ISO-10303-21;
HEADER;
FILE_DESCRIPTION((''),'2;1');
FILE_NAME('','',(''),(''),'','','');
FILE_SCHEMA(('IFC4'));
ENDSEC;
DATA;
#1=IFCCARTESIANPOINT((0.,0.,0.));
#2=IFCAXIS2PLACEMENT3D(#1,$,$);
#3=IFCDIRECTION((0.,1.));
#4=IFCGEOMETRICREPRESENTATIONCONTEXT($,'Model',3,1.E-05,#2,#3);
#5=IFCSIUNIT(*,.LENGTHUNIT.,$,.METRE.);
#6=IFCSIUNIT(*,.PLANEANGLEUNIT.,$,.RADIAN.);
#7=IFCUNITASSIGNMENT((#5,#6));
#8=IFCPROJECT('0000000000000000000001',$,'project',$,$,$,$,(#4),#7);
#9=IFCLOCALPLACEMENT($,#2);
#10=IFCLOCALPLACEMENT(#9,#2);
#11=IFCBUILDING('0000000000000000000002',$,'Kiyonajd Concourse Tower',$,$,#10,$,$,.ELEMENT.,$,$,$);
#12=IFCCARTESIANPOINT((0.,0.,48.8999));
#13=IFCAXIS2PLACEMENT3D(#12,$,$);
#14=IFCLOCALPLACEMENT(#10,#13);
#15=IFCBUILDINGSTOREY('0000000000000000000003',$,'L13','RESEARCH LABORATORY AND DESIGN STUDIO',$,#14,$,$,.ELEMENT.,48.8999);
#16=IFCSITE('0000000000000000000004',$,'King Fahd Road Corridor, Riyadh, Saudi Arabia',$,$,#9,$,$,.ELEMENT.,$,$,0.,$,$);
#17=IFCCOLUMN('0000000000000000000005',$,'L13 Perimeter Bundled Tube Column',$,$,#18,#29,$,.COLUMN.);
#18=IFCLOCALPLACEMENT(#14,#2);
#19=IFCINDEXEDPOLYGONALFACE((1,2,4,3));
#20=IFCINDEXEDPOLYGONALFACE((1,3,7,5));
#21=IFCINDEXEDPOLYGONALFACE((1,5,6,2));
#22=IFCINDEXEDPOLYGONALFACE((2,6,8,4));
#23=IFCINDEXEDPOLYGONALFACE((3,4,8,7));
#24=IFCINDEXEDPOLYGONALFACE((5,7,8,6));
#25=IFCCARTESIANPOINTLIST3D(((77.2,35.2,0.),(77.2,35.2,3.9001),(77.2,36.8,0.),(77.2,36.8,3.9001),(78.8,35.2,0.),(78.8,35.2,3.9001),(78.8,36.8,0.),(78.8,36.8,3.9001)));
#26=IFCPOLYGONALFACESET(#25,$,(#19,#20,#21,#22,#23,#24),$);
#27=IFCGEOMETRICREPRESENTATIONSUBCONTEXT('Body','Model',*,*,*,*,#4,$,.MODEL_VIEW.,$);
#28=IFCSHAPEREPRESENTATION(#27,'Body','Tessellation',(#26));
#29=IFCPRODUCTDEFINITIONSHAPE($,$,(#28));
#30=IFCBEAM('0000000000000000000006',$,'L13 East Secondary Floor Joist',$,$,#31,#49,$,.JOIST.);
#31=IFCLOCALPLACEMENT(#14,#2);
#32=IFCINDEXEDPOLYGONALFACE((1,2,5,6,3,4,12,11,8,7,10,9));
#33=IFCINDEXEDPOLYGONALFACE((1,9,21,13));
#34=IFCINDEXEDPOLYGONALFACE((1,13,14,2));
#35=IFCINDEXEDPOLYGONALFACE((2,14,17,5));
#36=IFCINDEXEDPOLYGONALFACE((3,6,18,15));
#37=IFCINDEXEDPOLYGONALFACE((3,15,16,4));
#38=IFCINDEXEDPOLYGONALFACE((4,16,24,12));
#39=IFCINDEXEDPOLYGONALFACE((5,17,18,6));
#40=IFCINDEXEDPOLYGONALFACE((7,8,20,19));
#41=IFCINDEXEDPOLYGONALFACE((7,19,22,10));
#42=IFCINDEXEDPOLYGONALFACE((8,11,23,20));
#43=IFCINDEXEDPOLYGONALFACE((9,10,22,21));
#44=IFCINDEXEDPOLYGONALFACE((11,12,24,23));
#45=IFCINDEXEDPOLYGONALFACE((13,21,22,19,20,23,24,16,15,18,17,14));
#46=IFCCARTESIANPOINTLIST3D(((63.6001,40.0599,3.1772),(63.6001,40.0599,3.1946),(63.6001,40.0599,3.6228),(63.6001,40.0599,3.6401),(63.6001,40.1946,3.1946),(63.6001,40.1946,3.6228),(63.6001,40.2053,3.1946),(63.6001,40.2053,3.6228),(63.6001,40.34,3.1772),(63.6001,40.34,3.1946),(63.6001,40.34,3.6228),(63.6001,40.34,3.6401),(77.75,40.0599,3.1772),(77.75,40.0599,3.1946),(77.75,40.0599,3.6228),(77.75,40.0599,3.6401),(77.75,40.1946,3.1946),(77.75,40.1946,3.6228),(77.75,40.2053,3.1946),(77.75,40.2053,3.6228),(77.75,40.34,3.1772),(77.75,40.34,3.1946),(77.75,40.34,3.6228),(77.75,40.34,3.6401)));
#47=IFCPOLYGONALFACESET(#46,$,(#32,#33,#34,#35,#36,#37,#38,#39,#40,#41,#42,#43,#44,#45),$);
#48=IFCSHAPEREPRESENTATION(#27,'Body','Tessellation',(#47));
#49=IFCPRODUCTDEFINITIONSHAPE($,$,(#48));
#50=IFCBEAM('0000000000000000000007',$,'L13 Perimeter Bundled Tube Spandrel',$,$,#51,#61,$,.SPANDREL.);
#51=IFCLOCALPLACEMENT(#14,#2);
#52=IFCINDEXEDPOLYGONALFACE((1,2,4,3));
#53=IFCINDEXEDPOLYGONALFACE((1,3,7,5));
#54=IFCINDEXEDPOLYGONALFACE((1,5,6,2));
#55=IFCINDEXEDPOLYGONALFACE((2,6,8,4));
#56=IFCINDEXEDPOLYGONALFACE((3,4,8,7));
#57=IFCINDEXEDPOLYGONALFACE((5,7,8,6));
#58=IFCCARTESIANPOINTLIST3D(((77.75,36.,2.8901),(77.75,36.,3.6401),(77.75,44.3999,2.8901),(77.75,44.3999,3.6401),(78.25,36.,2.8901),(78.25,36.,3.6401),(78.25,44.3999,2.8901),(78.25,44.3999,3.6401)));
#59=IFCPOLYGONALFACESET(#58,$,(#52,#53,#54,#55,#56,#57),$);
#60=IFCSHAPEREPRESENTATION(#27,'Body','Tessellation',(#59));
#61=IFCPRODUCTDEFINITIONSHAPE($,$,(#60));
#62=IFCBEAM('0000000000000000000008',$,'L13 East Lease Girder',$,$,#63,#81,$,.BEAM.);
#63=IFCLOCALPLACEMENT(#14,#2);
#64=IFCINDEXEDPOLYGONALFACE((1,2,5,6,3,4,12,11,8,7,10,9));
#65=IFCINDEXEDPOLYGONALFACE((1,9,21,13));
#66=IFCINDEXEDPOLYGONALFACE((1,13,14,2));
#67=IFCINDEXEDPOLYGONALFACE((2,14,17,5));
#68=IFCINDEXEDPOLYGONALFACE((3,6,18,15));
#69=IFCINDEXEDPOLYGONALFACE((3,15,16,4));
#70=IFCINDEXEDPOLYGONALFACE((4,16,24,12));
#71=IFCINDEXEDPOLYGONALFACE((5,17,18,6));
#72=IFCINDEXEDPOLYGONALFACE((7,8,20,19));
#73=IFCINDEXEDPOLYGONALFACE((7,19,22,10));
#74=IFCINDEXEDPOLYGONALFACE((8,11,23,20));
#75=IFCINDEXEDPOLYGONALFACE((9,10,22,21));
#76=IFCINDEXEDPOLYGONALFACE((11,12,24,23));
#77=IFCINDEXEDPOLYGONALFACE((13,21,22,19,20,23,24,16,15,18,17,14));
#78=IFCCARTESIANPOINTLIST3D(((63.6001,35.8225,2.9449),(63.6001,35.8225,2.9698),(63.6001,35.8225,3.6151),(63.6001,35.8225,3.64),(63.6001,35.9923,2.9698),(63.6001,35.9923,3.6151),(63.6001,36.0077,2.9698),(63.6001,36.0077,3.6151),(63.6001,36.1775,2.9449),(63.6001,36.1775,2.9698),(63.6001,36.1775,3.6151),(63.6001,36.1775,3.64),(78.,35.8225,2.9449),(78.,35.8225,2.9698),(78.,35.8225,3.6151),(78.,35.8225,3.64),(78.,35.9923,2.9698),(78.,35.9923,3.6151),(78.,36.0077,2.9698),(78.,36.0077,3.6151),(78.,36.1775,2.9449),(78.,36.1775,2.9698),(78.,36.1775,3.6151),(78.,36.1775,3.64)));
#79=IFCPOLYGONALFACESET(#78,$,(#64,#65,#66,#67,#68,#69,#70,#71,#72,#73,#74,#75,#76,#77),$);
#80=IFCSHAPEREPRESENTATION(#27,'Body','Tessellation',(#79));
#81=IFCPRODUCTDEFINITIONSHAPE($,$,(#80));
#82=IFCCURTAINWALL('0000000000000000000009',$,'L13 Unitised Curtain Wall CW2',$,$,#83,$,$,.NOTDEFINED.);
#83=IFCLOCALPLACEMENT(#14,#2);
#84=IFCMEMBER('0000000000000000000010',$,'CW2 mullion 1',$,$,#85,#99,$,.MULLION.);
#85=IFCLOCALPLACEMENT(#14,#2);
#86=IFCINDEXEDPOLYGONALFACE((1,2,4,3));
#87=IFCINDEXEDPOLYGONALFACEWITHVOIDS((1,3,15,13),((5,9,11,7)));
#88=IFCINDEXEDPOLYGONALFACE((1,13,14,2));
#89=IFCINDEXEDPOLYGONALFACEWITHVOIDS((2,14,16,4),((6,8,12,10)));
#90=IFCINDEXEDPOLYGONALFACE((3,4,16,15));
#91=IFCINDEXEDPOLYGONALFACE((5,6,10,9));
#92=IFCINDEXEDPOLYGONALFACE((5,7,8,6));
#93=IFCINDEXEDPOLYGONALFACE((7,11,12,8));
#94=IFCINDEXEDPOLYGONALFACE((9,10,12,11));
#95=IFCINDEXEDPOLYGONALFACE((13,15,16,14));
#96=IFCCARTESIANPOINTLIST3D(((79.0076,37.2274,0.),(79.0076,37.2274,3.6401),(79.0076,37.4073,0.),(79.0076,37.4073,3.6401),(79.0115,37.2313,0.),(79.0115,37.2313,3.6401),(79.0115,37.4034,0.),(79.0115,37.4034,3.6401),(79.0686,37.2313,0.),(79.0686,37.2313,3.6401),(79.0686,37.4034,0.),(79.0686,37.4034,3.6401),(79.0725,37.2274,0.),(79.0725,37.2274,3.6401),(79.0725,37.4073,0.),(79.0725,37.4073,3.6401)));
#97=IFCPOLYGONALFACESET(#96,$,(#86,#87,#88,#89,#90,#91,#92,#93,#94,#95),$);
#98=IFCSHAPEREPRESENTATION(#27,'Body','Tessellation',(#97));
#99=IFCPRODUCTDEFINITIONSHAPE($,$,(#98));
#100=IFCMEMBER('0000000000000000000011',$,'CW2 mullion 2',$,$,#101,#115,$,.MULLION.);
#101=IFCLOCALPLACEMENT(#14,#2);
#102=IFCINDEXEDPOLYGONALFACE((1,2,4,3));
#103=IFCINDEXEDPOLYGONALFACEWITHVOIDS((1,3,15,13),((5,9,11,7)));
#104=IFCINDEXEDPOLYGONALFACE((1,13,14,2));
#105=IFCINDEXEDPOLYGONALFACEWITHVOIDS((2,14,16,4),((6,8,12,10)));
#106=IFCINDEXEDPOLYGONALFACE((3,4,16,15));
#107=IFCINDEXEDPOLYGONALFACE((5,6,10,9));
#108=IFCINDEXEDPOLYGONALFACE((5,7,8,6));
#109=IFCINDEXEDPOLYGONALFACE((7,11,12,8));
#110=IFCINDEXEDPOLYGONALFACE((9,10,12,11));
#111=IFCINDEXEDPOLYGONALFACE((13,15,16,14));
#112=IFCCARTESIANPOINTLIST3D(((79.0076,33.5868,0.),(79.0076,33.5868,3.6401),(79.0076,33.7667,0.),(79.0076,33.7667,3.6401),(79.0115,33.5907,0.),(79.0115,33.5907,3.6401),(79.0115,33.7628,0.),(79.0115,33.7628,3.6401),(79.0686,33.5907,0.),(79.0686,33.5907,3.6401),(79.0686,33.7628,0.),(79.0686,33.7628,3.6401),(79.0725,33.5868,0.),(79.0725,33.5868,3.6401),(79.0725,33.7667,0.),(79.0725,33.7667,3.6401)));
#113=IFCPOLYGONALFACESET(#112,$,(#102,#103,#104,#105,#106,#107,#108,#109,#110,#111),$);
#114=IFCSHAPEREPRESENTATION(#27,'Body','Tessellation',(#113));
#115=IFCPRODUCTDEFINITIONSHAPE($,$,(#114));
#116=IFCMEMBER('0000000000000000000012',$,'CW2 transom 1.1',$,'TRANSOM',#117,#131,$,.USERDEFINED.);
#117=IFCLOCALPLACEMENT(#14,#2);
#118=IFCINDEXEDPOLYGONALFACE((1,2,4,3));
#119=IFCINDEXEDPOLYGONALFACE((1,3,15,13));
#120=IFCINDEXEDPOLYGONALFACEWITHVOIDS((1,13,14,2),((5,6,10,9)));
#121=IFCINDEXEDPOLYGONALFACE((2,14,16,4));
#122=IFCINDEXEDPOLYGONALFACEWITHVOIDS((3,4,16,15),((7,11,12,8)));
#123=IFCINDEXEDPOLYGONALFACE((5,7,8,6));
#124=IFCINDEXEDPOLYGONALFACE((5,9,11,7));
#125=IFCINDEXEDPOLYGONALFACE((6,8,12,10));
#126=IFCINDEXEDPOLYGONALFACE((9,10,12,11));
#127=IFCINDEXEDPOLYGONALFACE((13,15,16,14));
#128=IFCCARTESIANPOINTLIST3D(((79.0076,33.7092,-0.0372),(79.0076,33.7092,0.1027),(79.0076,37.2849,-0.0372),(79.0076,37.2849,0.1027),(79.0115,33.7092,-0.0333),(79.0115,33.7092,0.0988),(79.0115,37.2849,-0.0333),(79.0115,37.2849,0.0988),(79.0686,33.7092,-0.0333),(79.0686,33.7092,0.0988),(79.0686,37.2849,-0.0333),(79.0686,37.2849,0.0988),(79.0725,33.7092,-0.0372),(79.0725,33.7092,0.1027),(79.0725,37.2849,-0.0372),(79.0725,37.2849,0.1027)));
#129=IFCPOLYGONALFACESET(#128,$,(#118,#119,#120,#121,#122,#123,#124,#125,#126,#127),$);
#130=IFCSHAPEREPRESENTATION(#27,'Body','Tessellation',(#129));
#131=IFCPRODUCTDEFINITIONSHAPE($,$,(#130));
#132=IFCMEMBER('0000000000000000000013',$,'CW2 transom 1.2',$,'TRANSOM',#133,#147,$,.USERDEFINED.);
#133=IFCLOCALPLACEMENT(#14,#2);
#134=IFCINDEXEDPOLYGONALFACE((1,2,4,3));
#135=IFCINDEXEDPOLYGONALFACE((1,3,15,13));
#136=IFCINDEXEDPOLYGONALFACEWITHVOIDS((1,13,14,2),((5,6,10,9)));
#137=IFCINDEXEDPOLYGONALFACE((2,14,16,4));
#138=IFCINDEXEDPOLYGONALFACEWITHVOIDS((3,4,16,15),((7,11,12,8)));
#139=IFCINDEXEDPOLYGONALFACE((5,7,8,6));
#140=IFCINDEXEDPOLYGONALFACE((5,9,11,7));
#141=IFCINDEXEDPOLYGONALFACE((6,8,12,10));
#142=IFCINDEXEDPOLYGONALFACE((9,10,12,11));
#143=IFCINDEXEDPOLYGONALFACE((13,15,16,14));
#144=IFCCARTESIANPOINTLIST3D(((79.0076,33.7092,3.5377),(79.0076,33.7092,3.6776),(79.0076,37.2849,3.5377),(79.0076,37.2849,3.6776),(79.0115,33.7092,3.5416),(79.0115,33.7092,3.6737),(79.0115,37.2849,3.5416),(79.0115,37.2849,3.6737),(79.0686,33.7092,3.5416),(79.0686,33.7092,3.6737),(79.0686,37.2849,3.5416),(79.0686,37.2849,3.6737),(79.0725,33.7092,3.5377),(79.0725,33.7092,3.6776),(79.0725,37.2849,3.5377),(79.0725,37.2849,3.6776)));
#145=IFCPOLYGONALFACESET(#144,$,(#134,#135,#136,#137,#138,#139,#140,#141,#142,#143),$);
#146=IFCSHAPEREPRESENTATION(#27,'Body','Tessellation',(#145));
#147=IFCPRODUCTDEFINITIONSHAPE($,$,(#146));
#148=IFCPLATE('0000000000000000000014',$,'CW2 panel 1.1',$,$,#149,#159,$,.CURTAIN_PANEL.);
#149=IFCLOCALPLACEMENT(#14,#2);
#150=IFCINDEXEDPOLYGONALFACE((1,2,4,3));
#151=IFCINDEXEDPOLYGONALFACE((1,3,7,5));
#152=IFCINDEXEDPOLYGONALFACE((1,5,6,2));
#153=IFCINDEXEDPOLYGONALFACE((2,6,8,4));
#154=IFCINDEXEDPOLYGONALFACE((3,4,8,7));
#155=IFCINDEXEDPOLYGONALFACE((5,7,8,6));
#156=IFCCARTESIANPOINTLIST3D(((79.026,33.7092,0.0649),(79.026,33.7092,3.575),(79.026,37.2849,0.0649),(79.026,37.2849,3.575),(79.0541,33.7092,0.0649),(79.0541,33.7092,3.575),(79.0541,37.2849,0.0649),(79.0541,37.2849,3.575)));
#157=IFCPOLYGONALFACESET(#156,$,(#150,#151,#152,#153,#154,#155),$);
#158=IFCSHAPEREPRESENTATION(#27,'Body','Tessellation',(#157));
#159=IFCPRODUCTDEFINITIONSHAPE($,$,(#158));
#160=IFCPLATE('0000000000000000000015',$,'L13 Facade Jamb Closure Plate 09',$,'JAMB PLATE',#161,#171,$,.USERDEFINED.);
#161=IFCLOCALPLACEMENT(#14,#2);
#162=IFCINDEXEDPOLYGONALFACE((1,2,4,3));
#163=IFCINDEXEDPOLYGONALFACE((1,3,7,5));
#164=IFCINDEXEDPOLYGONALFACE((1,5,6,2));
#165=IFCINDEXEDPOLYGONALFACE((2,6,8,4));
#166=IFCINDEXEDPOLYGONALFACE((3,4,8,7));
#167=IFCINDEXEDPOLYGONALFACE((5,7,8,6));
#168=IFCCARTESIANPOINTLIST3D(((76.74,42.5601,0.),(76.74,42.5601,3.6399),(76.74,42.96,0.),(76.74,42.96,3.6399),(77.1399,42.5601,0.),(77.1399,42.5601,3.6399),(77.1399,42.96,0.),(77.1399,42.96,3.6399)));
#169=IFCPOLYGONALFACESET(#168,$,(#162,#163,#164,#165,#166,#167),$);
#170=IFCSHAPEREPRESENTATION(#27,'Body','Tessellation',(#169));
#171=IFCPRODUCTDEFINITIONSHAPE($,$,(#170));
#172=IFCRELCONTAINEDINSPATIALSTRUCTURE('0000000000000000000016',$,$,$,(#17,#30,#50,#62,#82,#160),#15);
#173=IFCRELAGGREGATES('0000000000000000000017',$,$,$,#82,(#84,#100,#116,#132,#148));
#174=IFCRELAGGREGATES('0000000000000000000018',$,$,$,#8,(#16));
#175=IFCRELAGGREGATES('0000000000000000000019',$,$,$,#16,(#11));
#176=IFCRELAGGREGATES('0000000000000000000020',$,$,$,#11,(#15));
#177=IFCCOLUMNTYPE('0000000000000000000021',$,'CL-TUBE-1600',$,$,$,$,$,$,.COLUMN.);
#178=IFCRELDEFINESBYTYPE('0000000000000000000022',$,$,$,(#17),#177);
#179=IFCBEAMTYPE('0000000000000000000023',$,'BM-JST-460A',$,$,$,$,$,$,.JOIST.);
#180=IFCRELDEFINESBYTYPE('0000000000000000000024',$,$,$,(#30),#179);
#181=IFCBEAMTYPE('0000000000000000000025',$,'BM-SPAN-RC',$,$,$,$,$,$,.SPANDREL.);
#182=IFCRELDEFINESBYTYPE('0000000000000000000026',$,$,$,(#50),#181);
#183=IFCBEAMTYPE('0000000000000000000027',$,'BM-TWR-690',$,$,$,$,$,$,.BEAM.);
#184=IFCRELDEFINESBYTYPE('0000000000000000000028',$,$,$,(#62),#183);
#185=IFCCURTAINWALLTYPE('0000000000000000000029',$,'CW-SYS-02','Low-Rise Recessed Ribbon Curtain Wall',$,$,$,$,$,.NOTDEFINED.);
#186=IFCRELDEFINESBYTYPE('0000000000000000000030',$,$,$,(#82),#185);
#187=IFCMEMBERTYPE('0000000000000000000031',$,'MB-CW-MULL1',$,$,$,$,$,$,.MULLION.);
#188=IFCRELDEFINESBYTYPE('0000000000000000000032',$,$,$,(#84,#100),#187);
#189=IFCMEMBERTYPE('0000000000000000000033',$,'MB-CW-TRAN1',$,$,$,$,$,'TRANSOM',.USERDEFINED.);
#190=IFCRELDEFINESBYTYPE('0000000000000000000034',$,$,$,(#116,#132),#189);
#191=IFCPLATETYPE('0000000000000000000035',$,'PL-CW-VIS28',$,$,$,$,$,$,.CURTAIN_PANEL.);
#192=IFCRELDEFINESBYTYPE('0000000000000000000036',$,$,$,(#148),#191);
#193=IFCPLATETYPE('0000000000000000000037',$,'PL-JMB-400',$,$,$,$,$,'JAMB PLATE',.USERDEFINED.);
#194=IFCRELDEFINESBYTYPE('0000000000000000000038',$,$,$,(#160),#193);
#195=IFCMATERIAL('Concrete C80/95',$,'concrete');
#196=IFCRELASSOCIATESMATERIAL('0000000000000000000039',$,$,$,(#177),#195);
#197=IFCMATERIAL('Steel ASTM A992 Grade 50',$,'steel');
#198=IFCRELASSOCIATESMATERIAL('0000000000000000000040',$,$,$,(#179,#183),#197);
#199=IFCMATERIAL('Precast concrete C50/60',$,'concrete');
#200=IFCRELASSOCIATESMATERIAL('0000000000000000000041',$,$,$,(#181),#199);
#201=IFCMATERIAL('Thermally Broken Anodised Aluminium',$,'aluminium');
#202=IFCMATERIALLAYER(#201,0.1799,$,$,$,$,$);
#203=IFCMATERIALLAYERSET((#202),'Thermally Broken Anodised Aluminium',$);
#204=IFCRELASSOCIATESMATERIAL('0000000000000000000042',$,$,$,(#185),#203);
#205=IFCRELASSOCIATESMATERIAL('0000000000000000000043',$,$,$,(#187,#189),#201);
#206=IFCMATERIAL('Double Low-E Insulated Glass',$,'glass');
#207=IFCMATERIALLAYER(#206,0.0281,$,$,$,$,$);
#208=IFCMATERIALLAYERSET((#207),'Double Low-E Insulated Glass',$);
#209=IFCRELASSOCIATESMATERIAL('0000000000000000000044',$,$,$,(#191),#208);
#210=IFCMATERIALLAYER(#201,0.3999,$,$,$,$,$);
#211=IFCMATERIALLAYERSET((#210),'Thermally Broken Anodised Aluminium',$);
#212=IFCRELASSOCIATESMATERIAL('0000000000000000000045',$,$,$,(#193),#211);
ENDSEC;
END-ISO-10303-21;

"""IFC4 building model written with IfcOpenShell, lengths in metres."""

from ifc_helpers import new_model, si_unit, direction, frame, origin, origin_2d, place, context, subcontext, project, spatial, rectangle, hollow_rectangle, i_section, extrude, material, layer, layer_set, material_profile, profile_set, type_object, element, aggregate, save


model = new_model("IFC4")

# Units and contexts
model_context = context("Model", 3, precision=1e-05, world=origin(), true_north=direction((0.0, 1.0)))
body_context = subcontext(model_context, "Body", "Model", "MODEL_VIEW")
ifc_project = project(units=[si_unit("LENGTHUNIT", "METRE"), si_unit("PLANEANGLEUNIT", "RADIAN")], contexts=[model_context])

# Site, building, storey
site_placement = place(None, origin())
site = spatial("IfcSite", under=ifc_project, at=site_placement, Name="King Fahd Road Corridor, Riyadh, Saudi Arabia", CompositionType="ELEMENT", RefElevation=0.0)
building_placement = place(site_placement, origin())
building = spatial("IfcBuilding", under=site, at=building_placement, Name="Kiyonajd Concourse Tower", CompositionType="ELEMENT")
storey_placement = place(building_placement, frame((0.0, 0.0, 48.8999)))
storey = spatial("IfcBuildingStorey", under=building, at=storey_placement, Name="L13", Description="RESEARCH LABORATORY AND DESIGN STUDIO", CompositionType="ELEMENT", Elevation=48.8999)

# Column
ifc_material_1 = material(Name="Concrete C80/95", Category="concrete")
ifc_material_profile_1 = material_profile(ifc_material_1, rectangle(XDim=1.6001, YDim=1.6001, at=origin_2d()), Name="RC-1600x1600")
ifc_profile_set_1 = profile_set([ifc_material_profile_1], Name="Concrete C80/95")
column_type = type_object("IfcColumnType", Name="CL-TUBE-1600", PredefinedType="COLUMN", material=ifc_profile_set_1)
column_placement = place(storey_placement, frame((78.0, 36.0, 0.0), z_axis=(0.0, 0.0, 1.0), x_axis=(1.0, 0.0, 0.0)))
element("IfcColumn", 1, at=column_placement, inside=storey, type_object=column_type, Name="L13 Perimeter Bundled Tube Column", PredefinedType="COLUMN", context=body_context, shape_type="SweptSolid", body=[
    extrude(rectangle(XDim=1.6001, YDim=1.6001, at=origin_2d()), origin(), (0.0, 0.0, 1.0), 3.9001),
])

# Beams
ifc_material_2 = material(Name="Steel ASTM A992 Grade 50", Category="steel")
ifc_material_profile_2 = material_profile(ifc_material_2, i_section(OverallWidth=0.28, OverallDepth=0.4629, WebThickness=0.0107, FlangeThickness=0.0173, at=origin_2d()), Name="W460X113")
ifc_profile_set_2 = profile_set([ifc_material_profile_2], Name="Steel ASTM A992 Grade 50")
beam_type_1 = type_object("IfcBeamType", Name="BM-JST-460A", PredefinedType="JOIST", material=ifc_profile_set_2)
beam_1_placement = place(storey_placement, frame((63.6001, 40.2, 3.4087), z_axis=(1.0, 0.0, 0.0), x_axis=(0.0, 1.0, 0.0)))
element("IfcBeam", 2, at=beam_1_placement, inside=storey, type_object=beam_type_1, Name="L13 East Secondary Floor Joist", PredefinedType="JOIST", context=body_context, shape_type="SweptSolid", body=[
    extrude(i_section(OverallWidth=0.28, OverallDepth=0.4629, WebThickness=0.0107, FlangeThickness=0.0173, at=origin_2d()), origin(), (0.0, 0.0, 1.0), 14.1499),
])
ifc_material_3 = material(Name="Precast concrete C50/60", Category="concrete")
ifc_material_profile_3 = material_profile(ifc_material_3, rectangle(XDim=0.5, YDim=0.75, at=origin_2d()), Name="RCBM-500x750")
ifc_profile_set_3 = profile_set([ifc_material_profile_3], Name="Precast concrete C50/60")
beam_type_2 = type_object("IfcBeamType", Name="BM-SPAN-RC", PredefinedType="SPANDREL", material=ifc_profile_set_3)
beam_2_placement = place(storey_placement, frame((78.0, 36.0, 3.2651), z_axis=(0.0, 1.0, 0.0), x_axis=(-1.0, 0.0, 0.0)))
element("IfcBeam", 3, at=beam_2_placement, inside=storey, type_object=beam_type_2, Name="L13 Perimeter Bundled Tube Spandrel", PredefinedType="SPANDREL", context=body_context, shape_type="SweptSolid", body=[
    extrude(rectangle(XDim=0.5, YDim=0.75, at=origin_2d()), origin(), (0.0, 0.0, 1.0), 8.3999),
])
ifc_material_profile_4 = material_profile(ifc_material_2, i_section(OverallWidth=0.355, OverallDepth=0.6951, WebThickness=0.0154, FlangeThickness=0.0249, at=origin_2d()), Name="W690X217")
ifc_profile_set_4 = profile_set([ifc_material_profile_4], Name="Steel ASTM A992 Grade 50")
beam_type_3 = type_object("IfcBeamType", Name="BM-TWR-690", PredefinedType="BEAM", material=ifc_profile_set_4)
beam_3_placement = place(storey_placement, frame((63.6001, 36.0, 3.2925), z_axis=(1.0, 0.0, 0.0), x_axis=(0.0, 1.0, 0.0)))
element("IfcBeam", 4, at=beam_3_placement, inside=storey, type_object=beam_type_3, Name="L13 East Lease Girder", PredefinedType="BEAM", context=body_context, shape_type="SweptSolid", body=[
    extrude(i_section(OverallWidth=0.355, OverallDepth=0.6951, WebThickness=0.0154, FlangeThickness=0.0249, at=origin_2d()), origin(), (0.0, 0.0, 1.0), 14.3999),
])

# Curtain wall, members, plate
ifc_material_4 = material(Name="Thermally Broken Anodised Aluminium", Category="aluminium")
ifc_layer_1 = layer(ifc_material_4, 0.1799)
ifc_layer_set_1 = layer_set([ifc_layer_1], Name="Thermally Broken Anodised Aluminium")
curtain_wall_type = type_object("IfcCurtainWallType", Name="CW-SYS-02", Description="Low-Rise Recessed Ribbon Curtain Wall", PredefinedType="NOTDEFINED", material=ifc_layer_set_1)
curtain_wall_placement = place(storey_placement, origin())
curtain_wall = element("IfcCurtainWall", 5, at=curtain_wall_placement, inside=storey, type_object=curtain_wall_type, Name="L13 Unitised Curtain Wall CW2", PredefinedType="NOTDEFINED")
ifc_material_profile_5 = material_profile(ifc_material_4, hollow_rectangle(XDim=0.0649, YDim=0.1799, WallThickness=0.0039, at=origin_2d()), Name="MULL-65x180")
ifc_profile_set_5 = profile_set([ifc_material_profile_5], Name="Thermally Broken Anodised Aluminium")
member_type_1 = type_object("IfcMemberType", Name="MB-CW-MULL1", PredefinedType="MULLION", material=ifc_profile_set_5)
member_1_placement = place(storey_placement, frame((79.04, 37.3174, 0.0), z_axis=(0.0, 0.0, 1.0), x_axis=(1.0, 0.0, 0.0)))
member_1 = element("IfcMember", 6, at=member_1_placement, type_object=member_type_1, Name="CW2 mullion 1", PredefinedType="MULLION", context=body_context, shape_type="SweptSolid", body=[
    extrude(hollow_rectangle(XDim=0.0649, YDim=0.1799, WallThickness=0.0039, at=origin_2d()), origin(), (0.0, 0.0, 1.0), 3.6401),
])
member_2_placement = place(storey_placement, frame((79.04, 33.6768, 0.0), z_axis=(0.0, 0.0, 1.0), x_axis=(1.0, 0.0, 0.0)))
member_2 = element("IfcMember", 7, at=member_2_placement, type_object=member_type_1, Name="CW2 mullion 2", PredefinedType="MULLION", context=body_context, shape_type="SweptSolid", body=[
    extrude(hollow_rectangle(XDim=0.0649, YDim=0.1799, WallThickness=0.0039, at=origin_2d()), origin(), (0.0, 0.0, 1.0), 3.6401),
])
ifc_material_profile_6 = material_profile(ifc_material_4, hollow_rectangle(XDim=0.0649, YDim=0.1399, WallThickness=0.0039, at=origin_2d()), Name="TRAN-65x140")
ifc_profile_set_6 = profile_set([ifc_material_profile_6], Name="Thermally Broken Anodised Aluminium")
member_type_2 = type_object("IfcMemberType", Name="MB-CW-TRAN1", ElementType="TRANSOM", PredefinedType="USERDEFINED", material=ifc_profile_set_6)
member_3_placement = place(storey_placement, frame((79.04, 37.2849, 0.0327), z_axis=(0.0, -1.0, 0.0), x_axis=(1.0, 0.0, 0.0)))
member_3 = element("IfcMember", 8, at=member_3_placement, type_object=member_type_2, Name="CW2 transom 1.1", ObjectType="TRANSOM", PredefinedType="USERDEFINED", context=body_context, shape_type="SweptSolid", body=[
    extrude(hollow_rectangle(XDim=0.0649, YDim=0.1399, WallThickness=0.0039, at=origin_2d()), origin(), (0.0, 0.0, 1.0), 3.5757),
])
member_4_placement = place(storey_placement, frame((79.04, 37.2849, 3.6077), z_axis=(0.0, -1.0, 0.0), x_axis=(1.0, 0.0, 0.0)))
member_4 = element("IfcMember", 9, at=member_4_placement, type_object=member_type_2, Name="CW2 transom 1.2", ObjectType="TRANSOM", PredefinedType="USERDEFINED", context=body_context, shape_type="SweptSolid", body=[
    extrude(hollow_rectangle(XDim=0.0649, YDim=0.1399, WallThickness=0.0039, at=origin_2d()), origin(), (0.0, 0.0, 1.0), 3.5757),
])
ifc_material_5 = material(Name="Double Low-E Insulated Glass", Category="glass")
ifc_layer_2 = layer(ifc_material_5, 0.0281)
ifc_layer_set_2 = layer_set([ifc_layer_2], Name="Double Low-E Insulated Glass")
plate_type_1 = type_object("IfcPlateType", Name="PL-CW-VIS28", PredefinedType="CURTAIN_PANEL", material=ifc_layer_set_2)
plate_placement = place(storey_placement, frame((79.04, 35.4971, 0.0649), z_axis=(0.0, 0.0, 1.0), x_axis=(0.0, -1.0, 0.0)))
plate = element("IfcPlate", 10, at=plate_placement, type_object=plate_type_1, Name="CW2 panel 1.1", PredefinedType="CURTAIN_PANEL", context=body_context, shape_type="SweptSolid", body=[
    extrude(rectangle(XDim=3.5757, YDim=0.0281, at=origin_2d()), origin(), (0.0, 0.0, 1.0), 3.51),
])
aggregate(curtain_wall, [member_1, member_2, member_3, member_4, plate])

# Plate
ifc_layer_3 = layer(ifc_material_4, 0.3999)
ifc_layer_set_3 = layer_set([ifc_layer_3], Name="Thermally Broken Anodised Aluminium")
plate_type_2 = type_object("IfcPlateType", Name="PL-JMB-400", ElementType="JAMB PLATE", PredefinedType="USERDEFINED", material=ifc_layer_set_3)
for number, where, z_axis, x_axis, name in (
    (11, (76.9399, 42.76, 0.0), (0.0, 0.0, 1.0), (1.0, 0.0, 0.0), "L13 Facade Jamb Closure Plate 09"),
):
    element("IfcPlate", number, at=place(storey_placement, frame(where, z_axis=z_axis, x_axis=x_axis)), inside=storey, type_object=plate_type_2, Name=name, ObjectType="JAMB PLATE", PredefinedType="USERDEFINED", context=body_context, shape_type="SweptSolid", body=[
        extrude(rectangle(XDim=0.3999, YDim=0.3999, at=origin_2d()), origin(), (0.0, 0.0, 1.0), 3.6399),
    ])

save(model, "model.ifc")
